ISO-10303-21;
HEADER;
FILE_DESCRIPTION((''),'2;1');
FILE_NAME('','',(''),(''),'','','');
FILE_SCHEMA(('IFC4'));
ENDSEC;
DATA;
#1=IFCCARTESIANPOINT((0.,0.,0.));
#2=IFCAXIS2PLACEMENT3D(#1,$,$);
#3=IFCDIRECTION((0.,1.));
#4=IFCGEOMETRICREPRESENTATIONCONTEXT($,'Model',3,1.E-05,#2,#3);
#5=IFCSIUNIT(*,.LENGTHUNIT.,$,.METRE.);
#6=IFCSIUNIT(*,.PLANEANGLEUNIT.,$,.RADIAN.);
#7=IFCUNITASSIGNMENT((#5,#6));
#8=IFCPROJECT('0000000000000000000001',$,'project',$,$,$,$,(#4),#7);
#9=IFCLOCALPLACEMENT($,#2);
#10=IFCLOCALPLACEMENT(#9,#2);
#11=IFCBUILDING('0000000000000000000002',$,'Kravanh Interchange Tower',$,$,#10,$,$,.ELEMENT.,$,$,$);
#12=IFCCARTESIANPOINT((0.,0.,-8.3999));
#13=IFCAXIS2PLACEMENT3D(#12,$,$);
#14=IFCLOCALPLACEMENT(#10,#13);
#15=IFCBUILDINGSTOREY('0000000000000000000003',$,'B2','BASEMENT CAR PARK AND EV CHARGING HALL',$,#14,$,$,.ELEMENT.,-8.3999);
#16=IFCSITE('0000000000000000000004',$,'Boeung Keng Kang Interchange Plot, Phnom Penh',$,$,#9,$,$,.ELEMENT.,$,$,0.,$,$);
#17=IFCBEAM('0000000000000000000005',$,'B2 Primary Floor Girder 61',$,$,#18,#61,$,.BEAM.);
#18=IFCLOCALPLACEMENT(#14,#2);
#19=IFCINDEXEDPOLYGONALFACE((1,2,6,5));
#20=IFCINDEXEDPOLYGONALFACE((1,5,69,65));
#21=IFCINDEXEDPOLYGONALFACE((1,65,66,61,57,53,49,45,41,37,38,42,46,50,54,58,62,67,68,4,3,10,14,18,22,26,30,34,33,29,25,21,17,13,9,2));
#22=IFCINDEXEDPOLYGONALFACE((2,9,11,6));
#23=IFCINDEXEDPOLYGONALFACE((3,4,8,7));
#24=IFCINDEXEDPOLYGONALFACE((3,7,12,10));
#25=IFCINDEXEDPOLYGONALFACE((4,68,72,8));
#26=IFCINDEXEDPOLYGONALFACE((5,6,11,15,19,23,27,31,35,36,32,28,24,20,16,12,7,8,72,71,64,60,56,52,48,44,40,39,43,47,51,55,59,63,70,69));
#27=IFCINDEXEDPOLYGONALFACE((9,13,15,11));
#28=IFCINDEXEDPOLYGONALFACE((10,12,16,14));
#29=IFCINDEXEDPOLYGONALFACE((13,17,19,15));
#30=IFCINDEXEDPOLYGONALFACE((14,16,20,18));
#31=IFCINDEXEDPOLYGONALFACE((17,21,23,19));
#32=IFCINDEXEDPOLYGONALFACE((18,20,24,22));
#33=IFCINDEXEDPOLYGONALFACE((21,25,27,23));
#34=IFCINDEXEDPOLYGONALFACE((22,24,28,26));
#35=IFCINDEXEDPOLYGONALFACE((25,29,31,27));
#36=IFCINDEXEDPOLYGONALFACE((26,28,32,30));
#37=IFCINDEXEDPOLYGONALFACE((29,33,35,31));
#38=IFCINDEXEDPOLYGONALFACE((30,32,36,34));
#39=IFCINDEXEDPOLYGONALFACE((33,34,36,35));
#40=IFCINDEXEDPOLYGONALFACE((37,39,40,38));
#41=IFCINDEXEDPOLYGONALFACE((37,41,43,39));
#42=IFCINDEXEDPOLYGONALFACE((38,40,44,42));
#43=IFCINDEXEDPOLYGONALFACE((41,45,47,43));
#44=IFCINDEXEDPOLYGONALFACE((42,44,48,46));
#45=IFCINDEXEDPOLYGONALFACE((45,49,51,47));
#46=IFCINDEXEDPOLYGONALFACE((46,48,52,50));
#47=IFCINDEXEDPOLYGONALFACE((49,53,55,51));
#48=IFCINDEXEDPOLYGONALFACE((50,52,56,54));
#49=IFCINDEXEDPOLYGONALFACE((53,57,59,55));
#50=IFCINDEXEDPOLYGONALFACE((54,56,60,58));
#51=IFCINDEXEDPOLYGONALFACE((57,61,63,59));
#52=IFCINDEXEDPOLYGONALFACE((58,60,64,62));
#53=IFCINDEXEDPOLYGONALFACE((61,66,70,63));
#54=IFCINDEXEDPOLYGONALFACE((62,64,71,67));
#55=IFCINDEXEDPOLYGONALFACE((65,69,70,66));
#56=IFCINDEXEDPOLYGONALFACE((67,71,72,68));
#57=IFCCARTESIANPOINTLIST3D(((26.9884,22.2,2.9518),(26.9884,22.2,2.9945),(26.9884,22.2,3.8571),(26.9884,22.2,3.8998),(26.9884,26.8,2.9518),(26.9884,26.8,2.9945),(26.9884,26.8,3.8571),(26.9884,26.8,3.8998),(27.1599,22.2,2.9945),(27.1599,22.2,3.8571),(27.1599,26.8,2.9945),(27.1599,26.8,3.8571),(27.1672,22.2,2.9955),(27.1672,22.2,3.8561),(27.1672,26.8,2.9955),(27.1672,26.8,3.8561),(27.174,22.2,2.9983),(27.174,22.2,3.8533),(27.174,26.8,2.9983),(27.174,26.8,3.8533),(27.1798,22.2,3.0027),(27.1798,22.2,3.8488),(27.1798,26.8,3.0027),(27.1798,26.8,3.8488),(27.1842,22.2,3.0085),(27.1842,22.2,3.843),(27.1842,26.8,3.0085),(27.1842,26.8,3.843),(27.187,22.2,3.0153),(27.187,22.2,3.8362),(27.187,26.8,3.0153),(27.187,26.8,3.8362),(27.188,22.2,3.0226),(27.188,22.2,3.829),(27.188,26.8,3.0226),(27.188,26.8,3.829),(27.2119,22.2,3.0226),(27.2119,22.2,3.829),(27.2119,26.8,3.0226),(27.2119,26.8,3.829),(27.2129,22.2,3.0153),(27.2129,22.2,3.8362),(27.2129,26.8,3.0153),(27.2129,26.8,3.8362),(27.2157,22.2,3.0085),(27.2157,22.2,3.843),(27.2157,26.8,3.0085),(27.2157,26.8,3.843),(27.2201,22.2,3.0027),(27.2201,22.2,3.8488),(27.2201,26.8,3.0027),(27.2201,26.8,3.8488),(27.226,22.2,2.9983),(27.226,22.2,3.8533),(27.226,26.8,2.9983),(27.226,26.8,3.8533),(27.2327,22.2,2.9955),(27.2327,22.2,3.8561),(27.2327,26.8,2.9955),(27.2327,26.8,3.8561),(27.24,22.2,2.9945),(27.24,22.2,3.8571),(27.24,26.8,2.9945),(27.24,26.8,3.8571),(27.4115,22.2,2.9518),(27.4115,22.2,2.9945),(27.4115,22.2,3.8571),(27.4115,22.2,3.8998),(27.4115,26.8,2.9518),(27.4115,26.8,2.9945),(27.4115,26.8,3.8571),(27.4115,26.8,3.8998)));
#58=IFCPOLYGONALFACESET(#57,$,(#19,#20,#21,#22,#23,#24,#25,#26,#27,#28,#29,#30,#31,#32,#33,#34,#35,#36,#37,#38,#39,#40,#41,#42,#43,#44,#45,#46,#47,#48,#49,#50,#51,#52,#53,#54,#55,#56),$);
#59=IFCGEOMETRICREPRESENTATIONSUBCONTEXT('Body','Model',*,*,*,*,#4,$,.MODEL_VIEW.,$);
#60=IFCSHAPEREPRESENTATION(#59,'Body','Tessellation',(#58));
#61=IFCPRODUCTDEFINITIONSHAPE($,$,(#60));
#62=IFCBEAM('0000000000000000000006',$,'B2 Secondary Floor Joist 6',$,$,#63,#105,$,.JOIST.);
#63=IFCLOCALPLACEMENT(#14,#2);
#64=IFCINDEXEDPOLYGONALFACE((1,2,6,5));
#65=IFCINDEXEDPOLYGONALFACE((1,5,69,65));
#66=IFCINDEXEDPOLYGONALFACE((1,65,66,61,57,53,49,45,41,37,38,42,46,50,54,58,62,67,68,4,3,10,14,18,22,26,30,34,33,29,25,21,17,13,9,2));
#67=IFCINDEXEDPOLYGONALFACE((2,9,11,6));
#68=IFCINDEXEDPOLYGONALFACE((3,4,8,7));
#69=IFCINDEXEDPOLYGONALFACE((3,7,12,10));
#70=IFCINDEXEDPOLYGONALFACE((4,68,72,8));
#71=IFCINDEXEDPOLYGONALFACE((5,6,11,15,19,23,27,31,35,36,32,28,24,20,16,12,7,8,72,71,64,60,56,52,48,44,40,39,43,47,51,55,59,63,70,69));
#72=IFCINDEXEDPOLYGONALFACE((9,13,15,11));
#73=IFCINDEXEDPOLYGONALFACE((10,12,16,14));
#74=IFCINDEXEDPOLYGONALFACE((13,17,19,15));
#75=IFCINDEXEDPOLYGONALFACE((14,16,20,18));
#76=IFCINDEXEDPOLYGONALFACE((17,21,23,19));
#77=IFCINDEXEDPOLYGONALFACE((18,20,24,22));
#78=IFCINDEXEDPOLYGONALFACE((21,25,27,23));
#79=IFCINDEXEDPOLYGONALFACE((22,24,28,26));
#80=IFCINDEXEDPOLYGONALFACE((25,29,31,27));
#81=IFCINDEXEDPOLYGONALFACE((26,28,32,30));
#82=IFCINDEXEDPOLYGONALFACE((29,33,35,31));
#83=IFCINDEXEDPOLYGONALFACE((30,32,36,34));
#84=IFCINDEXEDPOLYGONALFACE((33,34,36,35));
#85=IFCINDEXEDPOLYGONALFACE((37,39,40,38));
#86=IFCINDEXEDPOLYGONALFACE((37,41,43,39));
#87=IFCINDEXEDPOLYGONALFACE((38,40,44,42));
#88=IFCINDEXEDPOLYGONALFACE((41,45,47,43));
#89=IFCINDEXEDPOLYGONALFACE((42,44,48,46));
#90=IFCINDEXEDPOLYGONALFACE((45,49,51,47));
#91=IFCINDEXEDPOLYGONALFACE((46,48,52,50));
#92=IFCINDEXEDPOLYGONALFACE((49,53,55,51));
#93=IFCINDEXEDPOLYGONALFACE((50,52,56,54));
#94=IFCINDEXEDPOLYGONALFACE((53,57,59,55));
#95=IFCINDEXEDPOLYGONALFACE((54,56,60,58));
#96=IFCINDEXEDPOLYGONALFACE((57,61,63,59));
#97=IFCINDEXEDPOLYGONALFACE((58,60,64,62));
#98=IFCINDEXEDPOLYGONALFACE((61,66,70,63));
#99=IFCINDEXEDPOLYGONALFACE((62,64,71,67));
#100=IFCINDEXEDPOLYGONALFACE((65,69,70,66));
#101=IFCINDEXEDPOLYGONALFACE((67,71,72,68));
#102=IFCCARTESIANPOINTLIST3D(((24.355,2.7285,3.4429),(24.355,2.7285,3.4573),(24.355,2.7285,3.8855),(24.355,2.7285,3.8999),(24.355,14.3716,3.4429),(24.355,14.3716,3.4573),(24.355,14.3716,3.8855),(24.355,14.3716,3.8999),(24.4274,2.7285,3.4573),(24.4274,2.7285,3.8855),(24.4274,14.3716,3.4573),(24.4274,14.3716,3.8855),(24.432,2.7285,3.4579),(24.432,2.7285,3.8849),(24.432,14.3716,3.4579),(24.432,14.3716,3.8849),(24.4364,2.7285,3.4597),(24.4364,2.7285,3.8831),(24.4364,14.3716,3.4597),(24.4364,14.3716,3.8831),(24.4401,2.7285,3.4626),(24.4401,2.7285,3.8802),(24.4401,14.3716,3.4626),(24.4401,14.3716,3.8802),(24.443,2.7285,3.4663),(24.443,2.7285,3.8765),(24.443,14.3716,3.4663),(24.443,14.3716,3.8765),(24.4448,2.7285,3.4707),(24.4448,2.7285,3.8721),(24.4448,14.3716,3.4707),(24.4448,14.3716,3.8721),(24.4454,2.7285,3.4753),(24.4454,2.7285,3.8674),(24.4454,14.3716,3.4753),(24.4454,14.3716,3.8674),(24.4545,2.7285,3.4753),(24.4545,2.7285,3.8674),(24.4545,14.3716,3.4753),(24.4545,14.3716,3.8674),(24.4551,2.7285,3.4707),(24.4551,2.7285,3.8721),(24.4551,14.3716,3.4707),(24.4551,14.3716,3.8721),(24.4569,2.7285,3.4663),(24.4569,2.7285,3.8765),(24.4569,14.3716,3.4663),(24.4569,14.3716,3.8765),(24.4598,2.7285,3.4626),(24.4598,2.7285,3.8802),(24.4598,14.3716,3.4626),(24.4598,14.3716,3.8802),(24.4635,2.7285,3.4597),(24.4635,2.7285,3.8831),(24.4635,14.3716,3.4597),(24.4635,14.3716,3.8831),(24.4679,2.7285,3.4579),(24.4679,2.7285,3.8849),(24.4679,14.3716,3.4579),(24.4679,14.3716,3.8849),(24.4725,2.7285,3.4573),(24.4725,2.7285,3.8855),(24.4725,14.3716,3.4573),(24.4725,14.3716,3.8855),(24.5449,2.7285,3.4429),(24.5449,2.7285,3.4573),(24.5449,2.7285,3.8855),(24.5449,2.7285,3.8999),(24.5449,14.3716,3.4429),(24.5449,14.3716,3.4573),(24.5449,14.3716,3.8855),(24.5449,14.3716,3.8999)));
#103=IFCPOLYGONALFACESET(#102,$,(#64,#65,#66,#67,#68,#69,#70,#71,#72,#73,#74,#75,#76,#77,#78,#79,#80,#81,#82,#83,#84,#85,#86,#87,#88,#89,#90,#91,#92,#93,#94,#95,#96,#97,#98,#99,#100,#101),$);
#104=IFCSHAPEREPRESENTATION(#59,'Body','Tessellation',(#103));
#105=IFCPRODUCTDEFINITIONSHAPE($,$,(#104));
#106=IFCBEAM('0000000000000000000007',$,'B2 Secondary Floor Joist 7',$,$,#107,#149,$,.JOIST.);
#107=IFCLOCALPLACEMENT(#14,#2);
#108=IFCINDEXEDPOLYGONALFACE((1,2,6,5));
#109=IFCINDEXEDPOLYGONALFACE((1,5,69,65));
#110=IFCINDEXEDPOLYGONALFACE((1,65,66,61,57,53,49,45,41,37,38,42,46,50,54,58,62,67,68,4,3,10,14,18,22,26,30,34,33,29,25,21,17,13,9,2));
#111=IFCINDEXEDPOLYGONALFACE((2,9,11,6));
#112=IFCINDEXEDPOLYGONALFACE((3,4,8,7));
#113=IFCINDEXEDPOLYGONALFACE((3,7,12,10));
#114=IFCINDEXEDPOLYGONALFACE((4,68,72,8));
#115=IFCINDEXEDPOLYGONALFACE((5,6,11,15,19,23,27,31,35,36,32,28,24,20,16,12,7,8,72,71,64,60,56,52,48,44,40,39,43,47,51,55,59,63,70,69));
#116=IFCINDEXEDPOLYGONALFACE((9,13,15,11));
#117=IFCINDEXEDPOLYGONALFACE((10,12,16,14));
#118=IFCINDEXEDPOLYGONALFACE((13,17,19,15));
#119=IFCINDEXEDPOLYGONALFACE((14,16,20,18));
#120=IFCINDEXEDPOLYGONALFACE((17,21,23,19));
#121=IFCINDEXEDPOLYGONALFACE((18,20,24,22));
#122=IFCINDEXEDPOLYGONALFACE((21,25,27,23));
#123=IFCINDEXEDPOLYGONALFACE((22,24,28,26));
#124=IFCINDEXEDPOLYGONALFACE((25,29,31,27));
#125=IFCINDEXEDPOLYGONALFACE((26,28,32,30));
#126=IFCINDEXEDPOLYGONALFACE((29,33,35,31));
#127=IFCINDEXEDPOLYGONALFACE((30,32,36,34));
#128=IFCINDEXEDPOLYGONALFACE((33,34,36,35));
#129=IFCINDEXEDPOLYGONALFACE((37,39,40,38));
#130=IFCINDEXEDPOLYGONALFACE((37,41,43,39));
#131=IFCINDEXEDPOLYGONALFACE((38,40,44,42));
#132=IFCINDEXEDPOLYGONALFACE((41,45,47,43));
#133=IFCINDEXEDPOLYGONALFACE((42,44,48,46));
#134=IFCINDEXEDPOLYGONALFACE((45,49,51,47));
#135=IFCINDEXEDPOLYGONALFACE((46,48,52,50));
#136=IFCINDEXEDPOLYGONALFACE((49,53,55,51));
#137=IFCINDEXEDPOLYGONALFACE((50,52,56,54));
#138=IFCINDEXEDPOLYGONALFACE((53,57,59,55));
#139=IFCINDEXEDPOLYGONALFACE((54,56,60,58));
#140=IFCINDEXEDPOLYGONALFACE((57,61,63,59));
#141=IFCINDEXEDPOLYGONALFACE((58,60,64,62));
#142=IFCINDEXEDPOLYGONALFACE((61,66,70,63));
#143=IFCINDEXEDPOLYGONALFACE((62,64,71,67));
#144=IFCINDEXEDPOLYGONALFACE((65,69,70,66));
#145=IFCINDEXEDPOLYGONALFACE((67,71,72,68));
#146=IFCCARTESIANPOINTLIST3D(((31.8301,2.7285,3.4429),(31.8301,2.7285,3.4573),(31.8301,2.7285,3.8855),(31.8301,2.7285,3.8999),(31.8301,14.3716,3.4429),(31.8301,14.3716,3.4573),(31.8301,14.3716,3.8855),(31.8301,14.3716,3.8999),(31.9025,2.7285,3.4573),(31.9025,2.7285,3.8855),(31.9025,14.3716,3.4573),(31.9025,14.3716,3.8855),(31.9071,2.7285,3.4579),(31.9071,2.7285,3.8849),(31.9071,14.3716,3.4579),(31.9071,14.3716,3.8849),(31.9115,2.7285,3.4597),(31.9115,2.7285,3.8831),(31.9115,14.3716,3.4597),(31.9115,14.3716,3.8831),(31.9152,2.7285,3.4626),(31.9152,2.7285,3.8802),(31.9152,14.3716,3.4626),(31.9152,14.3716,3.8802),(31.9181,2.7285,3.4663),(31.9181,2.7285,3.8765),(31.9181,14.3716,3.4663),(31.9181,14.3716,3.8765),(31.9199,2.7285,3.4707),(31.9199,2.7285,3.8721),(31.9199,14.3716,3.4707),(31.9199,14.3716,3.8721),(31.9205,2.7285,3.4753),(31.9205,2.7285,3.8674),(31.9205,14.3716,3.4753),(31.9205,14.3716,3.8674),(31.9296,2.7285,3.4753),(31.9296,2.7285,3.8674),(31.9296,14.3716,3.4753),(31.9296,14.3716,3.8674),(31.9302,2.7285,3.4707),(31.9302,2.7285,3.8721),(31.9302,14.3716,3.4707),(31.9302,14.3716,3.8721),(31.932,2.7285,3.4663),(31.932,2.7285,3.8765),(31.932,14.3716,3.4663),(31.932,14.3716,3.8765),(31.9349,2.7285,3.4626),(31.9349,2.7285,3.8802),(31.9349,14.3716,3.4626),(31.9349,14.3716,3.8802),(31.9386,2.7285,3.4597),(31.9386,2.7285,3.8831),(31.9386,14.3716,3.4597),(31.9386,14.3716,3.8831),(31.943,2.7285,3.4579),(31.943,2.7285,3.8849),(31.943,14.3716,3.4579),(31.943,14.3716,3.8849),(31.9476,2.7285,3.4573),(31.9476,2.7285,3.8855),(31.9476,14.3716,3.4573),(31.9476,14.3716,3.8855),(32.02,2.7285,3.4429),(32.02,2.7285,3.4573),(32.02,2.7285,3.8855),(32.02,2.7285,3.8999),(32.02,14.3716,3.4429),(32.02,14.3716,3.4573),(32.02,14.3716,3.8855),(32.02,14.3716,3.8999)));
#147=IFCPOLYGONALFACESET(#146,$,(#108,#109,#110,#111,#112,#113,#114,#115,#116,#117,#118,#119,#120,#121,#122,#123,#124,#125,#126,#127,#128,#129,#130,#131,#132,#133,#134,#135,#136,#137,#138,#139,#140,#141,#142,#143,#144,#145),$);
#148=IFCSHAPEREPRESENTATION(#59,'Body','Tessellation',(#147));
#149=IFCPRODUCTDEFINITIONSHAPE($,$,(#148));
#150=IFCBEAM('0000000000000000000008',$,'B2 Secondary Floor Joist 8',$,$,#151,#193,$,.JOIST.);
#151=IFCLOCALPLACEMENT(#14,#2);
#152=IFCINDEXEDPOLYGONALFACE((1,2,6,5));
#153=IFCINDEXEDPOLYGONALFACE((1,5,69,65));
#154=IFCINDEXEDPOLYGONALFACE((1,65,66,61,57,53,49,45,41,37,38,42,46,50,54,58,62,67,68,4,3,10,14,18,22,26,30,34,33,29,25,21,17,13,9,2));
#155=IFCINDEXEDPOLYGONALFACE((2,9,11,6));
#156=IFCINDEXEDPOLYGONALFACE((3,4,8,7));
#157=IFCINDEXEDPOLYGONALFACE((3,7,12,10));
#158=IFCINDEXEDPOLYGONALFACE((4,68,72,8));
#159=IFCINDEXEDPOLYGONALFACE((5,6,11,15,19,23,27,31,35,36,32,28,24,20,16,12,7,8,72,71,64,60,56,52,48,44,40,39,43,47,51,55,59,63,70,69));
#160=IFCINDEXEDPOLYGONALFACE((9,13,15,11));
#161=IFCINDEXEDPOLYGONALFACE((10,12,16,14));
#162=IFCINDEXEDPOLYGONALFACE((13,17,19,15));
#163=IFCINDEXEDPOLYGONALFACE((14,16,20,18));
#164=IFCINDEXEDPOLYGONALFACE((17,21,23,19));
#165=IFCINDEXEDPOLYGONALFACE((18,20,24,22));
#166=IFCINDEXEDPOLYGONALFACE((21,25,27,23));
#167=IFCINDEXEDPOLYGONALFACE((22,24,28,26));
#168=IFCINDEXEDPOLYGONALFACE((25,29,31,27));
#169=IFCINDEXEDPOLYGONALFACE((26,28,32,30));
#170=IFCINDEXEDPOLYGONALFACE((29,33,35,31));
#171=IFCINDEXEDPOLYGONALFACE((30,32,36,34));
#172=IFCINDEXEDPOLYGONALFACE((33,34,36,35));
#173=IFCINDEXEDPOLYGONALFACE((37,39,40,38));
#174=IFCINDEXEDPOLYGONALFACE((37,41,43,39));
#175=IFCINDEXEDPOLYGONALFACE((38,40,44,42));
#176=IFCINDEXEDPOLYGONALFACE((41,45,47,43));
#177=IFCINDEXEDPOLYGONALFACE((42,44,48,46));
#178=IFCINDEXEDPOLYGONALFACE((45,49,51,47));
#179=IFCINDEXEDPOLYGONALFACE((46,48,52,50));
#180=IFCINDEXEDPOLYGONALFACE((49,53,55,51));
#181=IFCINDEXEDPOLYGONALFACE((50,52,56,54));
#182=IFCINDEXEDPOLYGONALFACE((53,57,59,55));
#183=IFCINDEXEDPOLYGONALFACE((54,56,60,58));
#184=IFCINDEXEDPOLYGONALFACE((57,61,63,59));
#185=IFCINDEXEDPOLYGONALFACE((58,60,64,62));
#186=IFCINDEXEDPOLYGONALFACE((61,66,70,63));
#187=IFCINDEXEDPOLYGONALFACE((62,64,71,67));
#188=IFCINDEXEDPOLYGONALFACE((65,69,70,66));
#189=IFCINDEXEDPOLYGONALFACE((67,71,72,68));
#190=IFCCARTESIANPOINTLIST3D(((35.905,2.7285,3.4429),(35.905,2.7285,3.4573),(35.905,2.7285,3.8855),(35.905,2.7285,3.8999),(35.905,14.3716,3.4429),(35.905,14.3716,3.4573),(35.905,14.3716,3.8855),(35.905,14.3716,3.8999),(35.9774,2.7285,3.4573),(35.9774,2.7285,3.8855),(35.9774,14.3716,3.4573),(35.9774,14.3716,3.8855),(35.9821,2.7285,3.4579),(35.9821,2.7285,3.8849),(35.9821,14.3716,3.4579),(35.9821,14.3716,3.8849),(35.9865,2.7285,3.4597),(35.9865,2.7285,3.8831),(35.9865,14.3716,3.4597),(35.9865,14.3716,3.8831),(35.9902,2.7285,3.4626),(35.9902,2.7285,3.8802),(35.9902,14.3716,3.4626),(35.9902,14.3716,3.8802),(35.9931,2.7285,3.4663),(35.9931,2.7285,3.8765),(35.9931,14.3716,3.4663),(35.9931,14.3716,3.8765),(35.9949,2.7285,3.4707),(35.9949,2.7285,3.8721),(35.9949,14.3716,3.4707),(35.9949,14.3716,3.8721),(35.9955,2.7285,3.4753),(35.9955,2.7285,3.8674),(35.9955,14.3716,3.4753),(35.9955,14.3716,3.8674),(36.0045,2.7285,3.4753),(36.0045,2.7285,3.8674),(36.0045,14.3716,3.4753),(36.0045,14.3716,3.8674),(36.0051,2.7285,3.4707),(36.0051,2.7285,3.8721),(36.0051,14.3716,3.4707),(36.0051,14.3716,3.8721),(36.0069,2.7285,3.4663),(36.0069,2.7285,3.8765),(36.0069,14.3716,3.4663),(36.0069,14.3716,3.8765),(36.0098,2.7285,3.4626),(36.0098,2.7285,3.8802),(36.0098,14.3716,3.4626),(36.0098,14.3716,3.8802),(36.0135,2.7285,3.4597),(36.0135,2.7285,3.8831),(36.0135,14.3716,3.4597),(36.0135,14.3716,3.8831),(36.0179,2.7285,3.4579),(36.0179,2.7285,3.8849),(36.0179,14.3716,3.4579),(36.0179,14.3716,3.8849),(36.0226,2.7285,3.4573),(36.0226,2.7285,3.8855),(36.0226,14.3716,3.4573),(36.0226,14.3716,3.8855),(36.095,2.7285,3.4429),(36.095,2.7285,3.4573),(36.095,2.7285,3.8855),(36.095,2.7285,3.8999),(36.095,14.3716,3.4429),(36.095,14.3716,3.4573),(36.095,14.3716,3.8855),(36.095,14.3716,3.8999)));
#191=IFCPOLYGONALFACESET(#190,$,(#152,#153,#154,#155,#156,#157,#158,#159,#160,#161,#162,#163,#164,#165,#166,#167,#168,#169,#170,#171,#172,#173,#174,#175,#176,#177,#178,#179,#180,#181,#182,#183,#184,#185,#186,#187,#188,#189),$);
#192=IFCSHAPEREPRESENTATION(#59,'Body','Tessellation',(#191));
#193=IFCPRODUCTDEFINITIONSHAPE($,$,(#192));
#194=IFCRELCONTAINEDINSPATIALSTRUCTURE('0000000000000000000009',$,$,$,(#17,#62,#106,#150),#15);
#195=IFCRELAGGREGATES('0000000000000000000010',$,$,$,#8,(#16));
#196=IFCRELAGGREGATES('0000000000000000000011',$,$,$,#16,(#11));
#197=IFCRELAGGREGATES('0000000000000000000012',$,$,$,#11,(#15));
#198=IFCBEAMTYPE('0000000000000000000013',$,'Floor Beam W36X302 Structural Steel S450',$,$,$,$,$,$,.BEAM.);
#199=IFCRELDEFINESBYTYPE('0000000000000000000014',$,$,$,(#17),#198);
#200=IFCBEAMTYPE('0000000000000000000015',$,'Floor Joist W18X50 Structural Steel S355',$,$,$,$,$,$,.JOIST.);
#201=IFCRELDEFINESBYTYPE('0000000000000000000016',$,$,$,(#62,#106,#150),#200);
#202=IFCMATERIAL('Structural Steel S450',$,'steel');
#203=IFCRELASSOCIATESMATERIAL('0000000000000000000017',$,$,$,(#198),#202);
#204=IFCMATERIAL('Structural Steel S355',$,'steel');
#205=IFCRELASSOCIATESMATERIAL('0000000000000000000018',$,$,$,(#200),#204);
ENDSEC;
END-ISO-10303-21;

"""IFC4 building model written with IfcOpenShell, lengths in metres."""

from ifc_helpers import new_model, si_unit, direction, frame, origin, origin_2d, place, context, subcontext, project, spatial, i_section, extrude, material, material_profile, profile_set, type_object, element, save


model = new_model("IFC4")

# Units and contexts
model_context = context("Model", 3, precision=1e-05, world=origin(), true_north=direction((0.0, 1.0)))
body_context = subcontext(model_context, "Body", "Model", "MODEL_VIEW")
ifc_project = project(units=[si_unit("LENGTHUNIT", "METRE"), si_unit("PLANEANGLEUNIT", "RADIAN")], contexts=[model_context])

# Site, building, storey
site_placement = place(None, origin())
site = spatial("IfcSite", under=ifc_project, at=site_placement, Name="Boeung Keng Kang Interchange Plot, Phnom Penh", CompositionType="ELEMENT", RefElevation=0.0)
building_placement = place(site_placement, origin())
building = spatial("IfcBuilding", under=site, at=building_placement, Name="Kravanh Interchange Tower", CompositionType="ELEMENT")
storey_placement = place(building_placement, frame((0.0, 0.0, -8.3999)))
storey = spatial("IfcBuildingStorey", under=building, at=storey_placement, Name="B2", Description="BASEMENT CAR PARK AND EV CHARGING HALL", CompositionType="ELEMENT", Elevation=-8.3999)

# Beams
ifc_material_1 = material(Name="Structural Steel S450", Category="steel")
ifc_material_profile_1 = material_profile(ifc_material_1, i_section(OverallWidth=0.4231, OverallDepth=0.948, WebThickness=0.0239, FlangeThickness=0.0427, FilletRadius=0.0281, at=origin_2d()), Name="W36X302")
ifc_profile_set_1 = profile_set([ifc_material_profile_1], Name="Structural Steel S450")
beam_type_1 = type_object("IfcBeamType", Name="Floor Beam W36X302 Structural Steel S450", PredefinedType="BEAM", material=ifc_profile_set_1)
beam_1_placement = place(storey_placement, frame((27.2, 22.2, 3.4258), z_axis=(0.0, 1.0, 0.0), x_axis=(-1.0, 0.0, 0.0)))
element("IfcBeam", 1, at=beam_1_placement, inside=storey, type_object=beam_type_1, Name="B2 Primary Floor Girder 61", PredefinedType="BEAM", context=body_context, shape_type="SweptSolid", body=[
    extrude(i_section(OverallWidth=0.4231, OverallDepth=0.948, WebThickness=0.0239, FlangeThickness=0.0427, FilletRadius=0.0281, at=origin_2d()), origin(), (0.0, 0.0, 1.0), 4.6001),
])
ifc_material_2 = material(Name="Structural Steel S355", Category="steel")
ifc_material_profile_2 = material_profile(ifc_material_2, i_section(OverallWidth=0.1899, OverallDepth=0.457, WebThickness=0.009, FlangeThickness=0.0144, FilletRadius=0.0181, at=origin_2d()), Name="W18X50")
ifc_profile_set_2 = profile_set([ifc_material_profile_2], Name="Structural Steel S355")
beam_type_2 = type_object("IfcBeamType", Name="Floor Joist W18X50 Structural Steel S355", PredefinedType="JOIST", material=ifc_profile_set_2)
for number, where, z_axis, x_axis, name in (
    (2, (24.45, 2.7285, 3.6714), (0.0, 1.0, 0.0), (-1.0, 0.0, 0.0), "B2 Secondary Floor Joist 6"),
    (3, (31.925, 2.7285, 3.6714), (0.0, 1.0, 0.0), (-1.0, 0.0, 0.0), "B2 Secondary Floor Joist 7"),
    (4, (36.0, 2.7285, 3.6714), (0.0, 1.0, 0.0), (-1.0, 0.0, 0.0), "B2 Secondary Floor Joist 8"),
):
    element("IfcBeam", number, at=place(storey_placement, frame(where, z_axis=z_axis, x_axis=x_axis)), inside=storey, type_object=beam_type_2, Name=name, PredefinedType="JOIST", context=body_context, shape_type="SweptSolid", body=[
        extrude(i_section(OverallWidth=0.1899, OverallDepth=0.457, WebThickness=0.009, FlangeThickness=0.0144, FilletRadius=0.0181, at=origin_2d()), origin(), (0.0, 0.0, 1.0), 11.6431),
    ])

save(model, "model.ifc")
